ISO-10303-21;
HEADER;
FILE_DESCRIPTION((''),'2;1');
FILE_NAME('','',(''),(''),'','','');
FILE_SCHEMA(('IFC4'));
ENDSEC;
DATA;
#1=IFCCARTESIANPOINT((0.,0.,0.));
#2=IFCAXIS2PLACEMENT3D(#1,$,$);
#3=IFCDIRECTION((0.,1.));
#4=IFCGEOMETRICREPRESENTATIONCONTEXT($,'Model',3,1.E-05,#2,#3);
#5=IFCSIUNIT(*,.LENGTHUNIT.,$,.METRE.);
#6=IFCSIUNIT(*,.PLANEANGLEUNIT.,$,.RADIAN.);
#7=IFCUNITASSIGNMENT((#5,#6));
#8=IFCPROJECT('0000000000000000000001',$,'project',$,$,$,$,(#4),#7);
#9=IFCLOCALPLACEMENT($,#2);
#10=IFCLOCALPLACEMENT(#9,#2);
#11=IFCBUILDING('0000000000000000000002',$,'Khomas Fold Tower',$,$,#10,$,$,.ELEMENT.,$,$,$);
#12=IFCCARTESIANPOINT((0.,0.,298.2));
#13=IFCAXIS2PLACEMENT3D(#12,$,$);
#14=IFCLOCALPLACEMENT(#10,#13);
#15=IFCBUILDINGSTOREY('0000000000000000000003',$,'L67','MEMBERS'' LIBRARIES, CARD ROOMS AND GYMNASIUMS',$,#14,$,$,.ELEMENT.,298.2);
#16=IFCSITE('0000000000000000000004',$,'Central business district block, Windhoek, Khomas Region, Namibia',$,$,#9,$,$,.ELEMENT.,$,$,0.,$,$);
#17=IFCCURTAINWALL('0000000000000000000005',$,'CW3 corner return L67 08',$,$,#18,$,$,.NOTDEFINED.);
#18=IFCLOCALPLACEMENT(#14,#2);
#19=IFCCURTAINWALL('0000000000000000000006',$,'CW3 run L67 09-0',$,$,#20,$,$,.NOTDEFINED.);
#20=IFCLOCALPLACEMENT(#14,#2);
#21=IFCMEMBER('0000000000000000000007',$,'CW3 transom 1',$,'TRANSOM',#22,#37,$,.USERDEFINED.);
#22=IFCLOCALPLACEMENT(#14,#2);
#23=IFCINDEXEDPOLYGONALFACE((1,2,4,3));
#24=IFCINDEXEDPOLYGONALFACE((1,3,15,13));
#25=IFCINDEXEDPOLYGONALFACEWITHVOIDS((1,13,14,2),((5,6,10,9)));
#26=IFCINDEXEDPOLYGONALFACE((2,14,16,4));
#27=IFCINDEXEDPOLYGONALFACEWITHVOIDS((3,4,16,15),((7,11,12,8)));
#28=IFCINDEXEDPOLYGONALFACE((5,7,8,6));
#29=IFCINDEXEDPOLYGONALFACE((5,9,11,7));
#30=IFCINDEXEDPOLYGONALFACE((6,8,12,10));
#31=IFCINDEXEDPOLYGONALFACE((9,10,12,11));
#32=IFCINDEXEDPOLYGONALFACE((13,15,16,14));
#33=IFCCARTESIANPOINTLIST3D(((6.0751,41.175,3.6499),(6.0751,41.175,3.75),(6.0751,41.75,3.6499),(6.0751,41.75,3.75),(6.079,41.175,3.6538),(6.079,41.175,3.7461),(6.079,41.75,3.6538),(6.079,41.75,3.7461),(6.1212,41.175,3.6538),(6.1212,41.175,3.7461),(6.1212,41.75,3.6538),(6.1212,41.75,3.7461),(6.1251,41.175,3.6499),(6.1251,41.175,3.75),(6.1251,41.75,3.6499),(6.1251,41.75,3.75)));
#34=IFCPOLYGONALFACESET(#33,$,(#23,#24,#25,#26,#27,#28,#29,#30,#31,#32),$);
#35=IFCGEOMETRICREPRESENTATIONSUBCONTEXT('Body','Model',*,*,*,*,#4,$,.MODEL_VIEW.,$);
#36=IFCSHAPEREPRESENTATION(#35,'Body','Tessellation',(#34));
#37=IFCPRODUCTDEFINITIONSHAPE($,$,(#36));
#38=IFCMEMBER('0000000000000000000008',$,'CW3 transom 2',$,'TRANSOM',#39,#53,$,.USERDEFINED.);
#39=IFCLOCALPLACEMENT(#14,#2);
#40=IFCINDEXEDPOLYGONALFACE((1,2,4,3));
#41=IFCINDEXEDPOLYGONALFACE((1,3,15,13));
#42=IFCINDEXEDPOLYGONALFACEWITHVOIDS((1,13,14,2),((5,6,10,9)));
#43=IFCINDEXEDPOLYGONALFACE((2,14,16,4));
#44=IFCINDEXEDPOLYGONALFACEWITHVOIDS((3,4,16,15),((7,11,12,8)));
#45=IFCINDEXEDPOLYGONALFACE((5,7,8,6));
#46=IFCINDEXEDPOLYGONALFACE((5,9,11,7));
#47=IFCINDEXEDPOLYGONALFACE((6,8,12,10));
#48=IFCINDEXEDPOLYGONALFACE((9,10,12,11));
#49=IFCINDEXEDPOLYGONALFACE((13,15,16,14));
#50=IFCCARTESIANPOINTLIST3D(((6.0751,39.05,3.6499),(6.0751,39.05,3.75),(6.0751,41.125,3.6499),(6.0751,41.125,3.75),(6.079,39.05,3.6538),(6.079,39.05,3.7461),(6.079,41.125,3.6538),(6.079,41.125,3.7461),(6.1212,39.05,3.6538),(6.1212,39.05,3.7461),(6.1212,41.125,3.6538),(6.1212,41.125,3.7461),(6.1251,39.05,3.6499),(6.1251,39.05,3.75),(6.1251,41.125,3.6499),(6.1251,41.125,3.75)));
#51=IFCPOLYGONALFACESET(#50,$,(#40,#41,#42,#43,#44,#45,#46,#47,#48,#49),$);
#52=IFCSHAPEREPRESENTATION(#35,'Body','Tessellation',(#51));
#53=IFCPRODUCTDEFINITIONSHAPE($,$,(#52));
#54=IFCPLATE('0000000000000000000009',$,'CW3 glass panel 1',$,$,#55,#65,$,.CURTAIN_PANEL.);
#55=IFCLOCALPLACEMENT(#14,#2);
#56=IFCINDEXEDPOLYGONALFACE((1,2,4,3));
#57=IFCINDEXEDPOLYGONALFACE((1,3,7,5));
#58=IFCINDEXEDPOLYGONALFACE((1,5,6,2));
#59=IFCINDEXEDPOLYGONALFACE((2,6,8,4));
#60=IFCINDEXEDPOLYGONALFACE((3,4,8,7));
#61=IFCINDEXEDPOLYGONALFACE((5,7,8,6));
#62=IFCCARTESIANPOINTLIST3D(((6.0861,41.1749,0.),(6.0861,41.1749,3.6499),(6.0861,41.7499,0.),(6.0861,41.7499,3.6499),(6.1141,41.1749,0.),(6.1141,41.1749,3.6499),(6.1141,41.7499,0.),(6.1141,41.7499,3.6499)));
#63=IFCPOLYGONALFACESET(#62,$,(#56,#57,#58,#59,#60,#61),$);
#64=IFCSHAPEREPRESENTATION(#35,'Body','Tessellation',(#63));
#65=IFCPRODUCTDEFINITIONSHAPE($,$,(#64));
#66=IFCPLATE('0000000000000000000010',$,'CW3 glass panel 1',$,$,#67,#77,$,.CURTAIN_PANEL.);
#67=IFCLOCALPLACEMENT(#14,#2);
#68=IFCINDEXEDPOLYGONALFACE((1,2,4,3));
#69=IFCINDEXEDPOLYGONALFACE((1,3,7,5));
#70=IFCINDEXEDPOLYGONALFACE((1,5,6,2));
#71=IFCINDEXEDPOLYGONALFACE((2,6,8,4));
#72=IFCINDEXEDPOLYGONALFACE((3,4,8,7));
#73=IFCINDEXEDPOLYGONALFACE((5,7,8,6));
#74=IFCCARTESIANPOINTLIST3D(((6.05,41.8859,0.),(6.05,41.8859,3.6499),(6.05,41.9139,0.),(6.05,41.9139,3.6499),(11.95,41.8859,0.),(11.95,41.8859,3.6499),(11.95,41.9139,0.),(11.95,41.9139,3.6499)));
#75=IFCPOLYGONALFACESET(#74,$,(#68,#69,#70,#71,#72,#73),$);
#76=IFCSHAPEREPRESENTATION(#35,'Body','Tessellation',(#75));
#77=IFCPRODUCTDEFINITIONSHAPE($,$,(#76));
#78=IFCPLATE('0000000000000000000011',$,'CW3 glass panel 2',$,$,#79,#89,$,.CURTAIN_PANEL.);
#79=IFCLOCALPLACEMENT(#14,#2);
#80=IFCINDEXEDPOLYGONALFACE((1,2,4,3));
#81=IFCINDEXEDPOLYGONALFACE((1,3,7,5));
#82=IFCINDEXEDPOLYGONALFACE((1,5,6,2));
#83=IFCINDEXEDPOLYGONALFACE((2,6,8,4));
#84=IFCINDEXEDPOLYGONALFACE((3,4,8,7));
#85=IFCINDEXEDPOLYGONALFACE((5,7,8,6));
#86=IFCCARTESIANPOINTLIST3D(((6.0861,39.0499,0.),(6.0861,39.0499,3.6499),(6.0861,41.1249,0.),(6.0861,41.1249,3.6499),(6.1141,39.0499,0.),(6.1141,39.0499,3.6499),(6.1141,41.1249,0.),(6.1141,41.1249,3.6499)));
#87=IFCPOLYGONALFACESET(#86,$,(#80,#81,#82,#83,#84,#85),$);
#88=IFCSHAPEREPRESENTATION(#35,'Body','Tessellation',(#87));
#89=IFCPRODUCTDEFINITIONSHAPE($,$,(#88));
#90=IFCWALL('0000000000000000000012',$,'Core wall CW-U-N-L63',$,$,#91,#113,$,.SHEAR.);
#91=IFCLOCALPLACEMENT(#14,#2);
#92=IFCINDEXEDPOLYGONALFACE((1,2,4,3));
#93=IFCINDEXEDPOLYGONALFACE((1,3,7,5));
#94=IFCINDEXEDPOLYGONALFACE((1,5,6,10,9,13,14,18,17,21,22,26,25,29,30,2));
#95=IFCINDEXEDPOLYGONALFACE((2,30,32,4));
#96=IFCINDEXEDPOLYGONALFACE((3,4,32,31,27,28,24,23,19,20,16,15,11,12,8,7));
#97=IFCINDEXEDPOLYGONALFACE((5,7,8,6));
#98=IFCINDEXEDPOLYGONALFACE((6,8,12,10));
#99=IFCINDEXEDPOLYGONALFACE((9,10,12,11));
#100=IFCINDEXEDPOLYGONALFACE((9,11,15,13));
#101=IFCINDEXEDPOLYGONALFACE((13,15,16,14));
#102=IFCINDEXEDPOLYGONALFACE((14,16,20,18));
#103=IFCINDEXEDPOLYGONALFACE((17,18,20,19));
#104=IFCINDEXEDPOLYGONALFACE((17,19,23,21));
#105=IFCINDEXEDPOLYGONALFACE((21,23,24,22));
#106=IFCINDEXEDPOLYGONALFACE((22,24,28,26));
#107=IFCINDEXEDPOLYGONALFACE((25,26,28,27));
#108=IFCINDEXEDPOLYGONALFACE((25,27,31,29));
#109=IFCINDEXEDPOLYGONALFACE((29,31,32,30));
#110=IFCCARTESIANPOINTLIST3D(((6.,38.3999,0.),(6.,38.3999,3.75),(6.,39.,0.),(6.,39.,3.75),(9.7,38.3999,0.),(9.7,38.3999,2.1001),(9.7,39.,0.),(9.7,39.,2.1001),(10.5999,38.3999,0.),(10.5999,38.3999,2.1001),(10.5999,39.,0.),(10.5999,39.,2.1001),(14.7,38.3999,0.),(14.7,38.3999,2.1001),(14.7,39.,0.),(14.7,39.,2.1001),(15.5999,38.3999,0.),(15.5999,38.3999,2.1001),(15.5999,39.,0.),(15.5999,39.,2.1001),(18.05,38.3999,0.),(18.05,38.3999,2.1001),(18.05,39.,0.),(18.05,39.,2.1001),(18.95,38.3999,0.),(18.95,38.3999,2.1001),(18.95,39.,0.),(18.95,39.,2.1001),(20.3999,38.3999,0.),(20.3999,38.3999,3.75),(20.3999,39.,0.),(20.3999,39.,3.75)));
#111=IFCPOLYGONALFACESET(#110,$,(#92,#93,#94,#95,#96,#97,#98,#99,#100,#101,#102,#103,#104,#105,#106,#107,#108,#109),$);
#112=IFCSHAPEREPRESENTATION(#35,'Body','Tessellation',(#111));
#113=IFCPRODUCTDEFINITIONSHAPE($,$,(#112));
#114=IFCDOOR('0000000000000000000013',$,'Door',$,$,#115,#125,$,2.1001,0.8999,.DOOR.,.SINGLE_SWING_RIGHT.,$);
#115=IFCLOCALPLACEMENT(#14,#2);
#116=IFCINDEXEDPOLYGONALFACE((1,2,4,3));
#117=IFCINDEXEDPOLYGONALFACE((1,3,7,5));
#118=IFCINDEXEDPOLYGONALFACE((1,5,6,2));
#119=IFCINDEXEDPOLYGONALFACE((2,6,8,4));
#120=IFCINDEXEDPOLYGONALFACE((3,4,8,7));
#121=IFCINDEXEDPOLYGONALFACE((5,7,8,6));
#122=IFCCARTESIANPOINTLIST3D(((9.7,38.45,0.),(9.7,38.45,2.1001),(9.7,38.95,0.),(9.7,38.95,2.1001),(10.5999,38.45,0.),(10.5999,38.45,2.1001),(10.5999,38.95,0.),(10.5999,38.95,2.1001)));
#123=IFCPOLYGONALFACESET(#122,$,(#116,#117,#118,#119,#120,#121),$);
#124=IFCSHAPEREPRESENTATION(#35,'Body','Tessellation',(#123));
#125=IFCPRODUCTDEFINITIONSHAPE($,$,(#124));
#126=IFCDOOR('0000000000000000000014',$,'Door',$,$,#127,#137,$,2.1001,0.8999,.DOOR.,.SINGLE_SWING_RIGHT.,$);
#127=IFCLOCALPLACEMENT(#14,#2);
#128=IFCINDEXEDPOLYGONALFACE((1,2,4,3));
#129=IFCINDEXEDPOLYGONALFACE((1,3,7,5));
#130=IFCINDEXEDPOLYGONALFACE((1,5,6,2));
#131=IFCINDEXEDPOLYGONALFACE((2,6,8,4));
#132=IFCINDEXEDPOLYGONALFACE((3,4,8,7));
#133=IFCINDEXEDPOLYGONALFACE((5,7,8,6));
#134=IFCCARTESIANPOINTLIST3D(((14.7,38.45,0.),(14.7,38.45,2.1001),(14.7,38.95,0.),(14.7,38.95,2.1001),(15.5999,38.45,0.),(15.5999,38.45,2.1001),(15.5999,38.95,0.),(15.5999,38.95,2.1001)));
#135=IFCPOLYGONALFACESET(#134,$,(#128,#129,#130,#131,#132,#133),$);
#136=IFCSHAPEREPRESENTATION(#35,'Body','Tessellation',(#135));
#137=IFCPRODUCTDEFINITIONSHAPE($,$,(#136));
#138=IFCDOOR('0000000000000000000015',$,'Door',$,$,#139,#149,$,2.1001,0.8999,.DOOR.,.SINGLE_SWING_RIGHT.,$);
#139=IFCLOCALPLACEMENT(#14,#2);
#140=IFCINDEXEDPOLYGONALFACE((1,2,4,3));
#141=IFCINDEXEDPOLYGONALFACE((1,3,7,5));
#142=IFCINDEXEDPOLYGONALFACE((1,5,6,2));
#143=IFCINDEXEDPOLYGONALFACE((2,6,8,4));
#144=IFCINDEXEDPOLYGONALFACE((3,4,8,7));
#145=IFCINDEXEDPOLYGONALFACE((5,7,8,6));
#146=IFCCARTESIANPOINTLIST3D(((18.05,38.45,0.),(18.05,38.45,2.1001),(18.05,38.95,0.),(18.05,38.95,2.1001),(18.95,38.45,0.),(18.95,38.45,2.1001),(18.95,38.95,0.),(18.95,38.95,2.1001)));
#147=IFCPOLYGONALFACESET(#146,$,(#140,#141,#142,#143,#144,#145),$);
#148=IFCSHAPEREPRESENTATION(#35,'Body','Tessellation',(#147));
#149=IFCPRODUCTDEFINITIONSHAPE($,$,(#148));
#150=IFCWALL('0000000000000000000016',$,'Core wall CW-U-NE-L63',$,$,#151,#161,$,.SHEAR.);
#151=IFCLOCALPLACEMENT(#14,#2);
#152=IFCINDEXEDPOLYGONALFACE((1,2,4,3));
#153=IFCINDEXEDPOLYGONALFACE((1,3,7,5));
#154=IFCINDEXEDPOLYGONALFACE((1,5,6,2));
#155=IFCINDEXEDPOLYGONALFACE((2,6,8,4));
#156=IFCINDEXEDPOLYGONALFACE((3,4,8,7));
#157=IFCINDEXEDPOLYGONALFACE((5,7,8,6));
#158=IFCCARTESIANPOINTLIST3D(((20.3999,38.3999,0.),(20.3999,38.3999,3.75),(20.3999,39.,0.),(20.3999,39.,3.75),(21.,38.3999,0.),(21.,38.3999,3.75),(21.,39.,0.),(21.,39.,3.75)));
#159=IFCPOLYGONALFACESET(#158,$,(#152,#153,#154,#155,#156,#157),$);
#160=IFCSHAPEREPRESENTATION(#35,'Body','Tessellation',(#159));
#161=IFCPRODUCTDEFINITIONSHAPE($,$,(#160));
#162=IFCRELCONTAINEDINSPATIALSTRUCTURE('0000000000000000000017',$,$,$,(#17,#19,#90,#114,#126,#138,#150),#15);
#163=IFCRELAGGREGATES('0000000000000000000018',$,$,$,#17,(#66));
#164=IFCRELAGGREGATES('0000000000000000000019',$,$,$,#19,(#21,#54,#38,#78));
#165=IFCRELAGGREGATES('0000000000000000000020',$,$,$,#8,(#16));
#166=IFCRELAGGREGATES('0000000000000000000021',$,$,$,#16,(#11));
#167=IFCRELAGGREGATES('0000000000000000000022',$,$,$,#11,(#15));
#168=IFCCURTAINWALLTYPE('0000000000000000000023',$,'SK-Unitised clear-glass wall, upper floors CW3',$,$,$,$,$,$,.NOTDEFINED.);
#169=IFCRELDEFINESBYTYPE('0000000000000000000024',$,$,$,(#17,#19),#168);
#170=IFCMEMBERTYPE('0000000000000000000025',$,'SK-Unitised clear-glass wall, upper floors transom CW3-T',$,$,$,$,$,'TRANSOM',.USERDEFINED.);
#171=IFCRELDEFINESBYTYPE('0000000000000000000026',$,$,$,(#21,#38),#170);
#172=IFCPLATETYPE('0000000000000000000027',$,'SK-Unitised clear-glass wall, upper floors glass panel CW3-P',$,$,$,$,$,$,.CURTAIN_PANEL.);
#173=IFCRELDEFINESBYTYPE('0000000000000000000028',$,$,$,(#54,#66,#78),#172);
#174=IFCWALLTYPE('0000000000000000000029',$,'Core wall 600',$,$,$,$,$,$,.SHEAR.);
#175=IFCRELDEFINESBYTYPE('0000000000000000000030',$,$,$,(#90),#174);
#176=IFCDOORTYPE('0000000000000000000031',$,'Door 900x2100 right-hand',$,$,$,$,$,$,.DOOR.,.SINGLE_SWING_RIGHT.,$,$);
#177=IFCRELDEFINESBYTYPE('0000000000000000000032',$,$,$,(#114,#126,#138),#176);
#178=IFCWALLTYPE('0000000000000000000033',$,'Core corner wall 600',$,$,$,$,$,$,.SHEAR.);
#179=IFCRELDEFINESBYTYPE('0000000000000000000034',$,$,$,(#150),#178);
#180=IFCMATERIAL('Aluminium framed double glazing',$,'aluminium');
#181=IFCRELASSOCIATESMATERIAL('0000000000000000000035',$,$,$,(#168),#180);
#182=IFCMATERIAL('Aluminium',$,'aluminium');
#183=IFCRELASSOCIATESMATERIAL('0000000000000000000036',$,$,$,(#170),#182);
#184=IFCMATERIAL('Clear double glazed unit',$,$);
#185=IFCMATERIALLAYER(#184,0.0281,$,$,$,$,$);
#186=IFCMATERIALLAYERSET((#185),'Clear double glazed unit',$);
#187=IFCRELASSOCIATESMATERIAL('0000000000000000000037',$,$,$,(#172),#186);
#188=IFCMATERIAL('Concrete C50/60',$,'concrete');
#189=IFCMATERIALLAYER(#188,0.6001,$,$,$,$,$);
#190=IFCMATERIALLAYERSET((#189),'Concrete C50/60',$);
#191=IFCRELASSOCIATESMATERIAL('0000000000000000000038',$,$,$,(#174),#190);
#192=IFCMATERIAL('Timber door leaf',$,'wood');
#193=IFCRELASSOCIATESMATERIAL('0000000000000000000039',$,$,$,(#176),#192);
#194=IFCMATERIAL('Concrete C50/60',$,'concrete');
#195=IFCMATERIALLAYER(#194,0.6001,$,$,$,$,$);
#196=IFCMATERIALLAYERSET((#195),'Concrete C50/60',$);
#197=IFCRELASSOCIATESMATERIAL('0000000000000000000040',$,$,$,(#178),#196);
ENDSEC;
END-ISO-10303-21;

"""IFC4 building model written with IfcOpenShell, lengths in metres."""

from ifc_helpers import new_model, si_unit, direction, frame, frame_2d, origin, origin_2d, place, context, subcontext, project, spatial, rectangle, hollow_rectangle, extrude, source, transform, mapped, material, layer, layer_set, material_profile, profile_set, type_object, element, fill, aggregate, save


model = new_model("IFC4")

# Units and contexts
model_context = context("Model", 3, precision=1e-05, world=origin(), true_north=direction((0.0, 1.0)))
body_context = subcontext(model_context, "Body", "Model", "MODEL_VIEW")
ifc_project = project(units=[si_unit("LENGTHUNIT", "METRE"), si_unit("PLANEANGLEUNIT", "RADIAN")], contexts=[model_context])

# Site, building, storey
site_placement = place(None, origin())
site = spatial("IfcSite", under=ifc_project, at=site_placement, Name="Central business district block, Windhoek, Khomas Region, Namibia", CompositionType="ELEMENT", RefElevation=0.0)
building_placement = place(site_placement, origin())
building = spatial("IfcBuilding", under=site, at=building_placement, Name="Khomas Fold Tower", CompositionType="ELEMENT")
storey_placement = place(building_placement, frame((0.0, 0.0, 298.2)))
storey = spatial("IfcBuildingStorey", under=building, at=storey_placement, Name="L67", Description="MEMBERS' LIBRARIES, CARD ROOMS AND GYMNASIUMS", CompositionType="ELEMENT", Elevation=298.2)

# Curtain wall
ifc_material_1 = material(Name="Aluminium framed double glazing", Category="aluminium")
curtain_wall_type = type_object("IfcCurtainWallType", Name="SK-Unitised clear-glass wall, upper floors CW3", PredefinedType="NOTDEFINED", material=ifc_material_1)
curtain_wall_1_placement = place(storey_placement, origin())
curtain_wall_1 = element("IfcCurtainWall", 1, at=curtain_wall_1_placement, inside=storey, type_object=curtain_wall_type, Name="CW3 corner return L67 08", PredefinedType="NOTDEFINED")

# Curtain wall, members, plate
curtain_wall_2_placement = place(storey_placement, origin())
curtain_wall_2 = element("IfcCurtainWall", 2, at=curtain_wall_2_placement, inside=storey, type_object=curtain_wall_type, Name="CW3 run L67 09-0", PredefinedType="NOTDEFINED")
ifc_material_2 = material(Name="Aluminium", Category="aluminium")
ifc_material_profile_1 = material_profile(ifc_material_2, hollow_rectangle(XDim=0.05, YDim=0.1001, WallThickness=0.0039, at=origin_2d()), Name="SK-Unitised clear-glass wall, upper floors transom CW3-T")
ifc_profile_set_1 = profile_set([ifc_material_profile_1], Name="Aluminium")
member_type_1 = type_object("IfcMemberType", Name="SK-Unitised clear-glass wall, upper floors transom CW3-T", ElementType="TRANSOM", PredefinedType="USERDEFINED", material=ifc_profile_set_1)
shared_shape_1 = source(origin(), body_context, "Body", "SweptSolid", [
    extrude(hollow_rectangle(XDim=0.05, YDim=0.1001, WallThickness=0.0039, at=origin_2d()), origin(), (0.0, 0.0, 1.0), 0.575),
])
member_1_placement = place(storey_placement, frame((6.1001, 41.75, 3.7), z_axis=(0.0, -1.0, 0.0), x_axis=(1.0, 0.0, 0.0)))
member_1 = element("IfcMember", 3, at=member_1_placement, type_object=member_type_1, Name="CW3 transom 1", ObjectType="TRANSOM", PredefinedType="USERDEFINED", context=body_context, shape_type="MappedRepresentation", body=[
    mapped(shared_shape_1, transform((0.0, 0.0, 0.0))),
])
shared_shape_2 = source(origin(), body_context, "Body", "SweptSolid", [
    extrude(hollow_rectangle(XDim=0.05, YDim=0.1001, WallThickness=0.0039, at=origin_2d()), origin(), (0.0, 0.0, 1.0), 2.075),
])
member_2_placement = place(storey_placement, frame((6.1001, 41.125, 3.7), z_axis=(0.0, -1.0, 0.0), x_axis=(1.0, 0.0, 0.0)))
member_2 = element("IfcMember", 4, at=member_2_placement, type_object=member_type_1, Name="CW3 transom 2", ObjectType="TRANSOM", PredefinedType="USERDEFINED", context=body_context, shape_type="MappedRepresentation", body=[
    mapped(shared_shape_2, transform((0.0, 0.0, 0.0))),
])
ifc_material_3 = material(Name="Clear double glazed unit")
ifc_layer_1 = layer(ifc_material_3, 0.0281)
ifc_layer_set_1 = layer_set([ifc_layer_1], Name="Clear double glazed unit")
plate_type = type_object("IfcPlateType", Name="SK-Unitised clear-glass wall, upper floors glass panel CW3-P", PredefinedType="CURTAIN_PANEL", material=ifc_layer_set_1)
shared_shape_3 = source(origin(), body_context, "Body", "SweptSolid", [
    extrude(rectangle(XDim=0.575, YDim=0.0281, at=origin_2d()), origin(), (0.0, 0.0, 1.0), 3.6499),
])
plate_1_placement = place(storey_placement, frame((6.1001, 41.4624, 0.0), z_axis=(0.0, 0.0, 1.0), x_axis=(0.0, -1.0, 0.0)))
plate_1 = element("IfcPlate", 5, at=plate_1_placement, type_object=plate_type, Name="CW3 glass panel 1", PredefinedType="CURTAIN_PANEL", context=body_context, shape_type="MappedRepresentation", body=[
    mapped(shared_shape_3, transform((0.0, 0.0, 0.0))),
])

# Plates
shared_shape_4 = source(origin(), body_context, "Body", "SweptSolid", [
    extrude(rectangle(XDim=5.8999, YDim=0.0281, at=origin_2d()), origin(), (0.0, 0.0, 1.0), 3.6499),
])
plate_2_placement = place(storey_placement, frame((9.0, 41.8999, 0.0), z_axis=(0.0, 0.0, 1.0), x_axis=(-1.0, 0.0, 0.0)))
plate_2 = element("IfcPlate", 6, at=plate_2_placement, type_object=plate_type, Name="CW3 glass panel 1", PredefinedType="CURTAIN_PANEL", context=body_context, shape_type="MappedRepresentation", body=[
    mapped(shared_shape_4, transform((0.0, 0.0, 0.0))),
])
aggregate(curtain_wall_1, [plate_2])
shared_shape_5 = source(origin(), body_context, "Body", "SweptSolid", [
    extrude(rectangle(XDim=2.075, YDim=0.0281, at=origin_2d()), origin(), (0.0, 0.0, 1.0), 3.6499),
])
plate_3_placement = place(storey_placement, frame((6.1001, 40.0874, 0.0), z_axis=(0.0, 0.0, 1.0), x_axis=(0.0, -1.0, 0.0)))
plate_3 = element("IfcPlate", 7, at=plate_3_placement, type_object=plate_type, Name="CW3 glass panel 2", PredefinedType="CURTAIN_PANEL", context=body_context, shape_type="MappedRepresentation", body=[
    mapped(shared_shape_5, transform((0.0, 0.0, 0.0))),
])
aggregate(curtain_wall_2, [member_1, plate_1, member_2, plate_3])

# Wall, openings, doors
ifc_material_4 = material(Name="Concrete C50/60", Category="concrete")
ifc_layer_2 = layer(ifc_material_4, 0.6001)
ifc_layer_set_2 = layer_set([ifc_layer_2], Name="Concrete C50/60")
wall_type_1 = type_object("IfcWallType", Name="Core wall 600", PredefinedType="SHEAR", material=ifc_layer_set_2)
shared_shape_6 = source(origin(), body_context, "Body", "SweptSolid", [
    extrude(rectangle(XDim=14.3999, YDim=0.6001, at=frame_2d((7.2, 0.0))), origin(), (0.0, 0.0, 1.0), 3.75),
])
wall_1_placement = place(storey_placement, frame((6.0, 38.7, 0.0), z_axis=(0.0, 0.0, 1.0), x_axis=(1.0, 0.0, 0.0)))
wall_1 = element("IfcWall", 8, at=wall_1_placement, inside=storey, type_object=wall_type_1, Name="Core wall CW-U-N-L63", PredefinedType="SHEAR", context=body_context, shape_type="MappedRepresentation", body=[
    mapped(shared_shape_6, transform((0.0, 0.0, 0.0))),
])
shared_shape_7 = source(origin(), body_context, "Body", "SweptSolid", [
    extrude(rectangle(XDim=0.8999, YDim=2.1001, at=frame_2d((0.45, 1.05))), frame((0.0, 0.3101, 0.0), z_axis=(0.0, -1.0, 0.0), x_axis=(1.0, 0.0, 0.0)), (0.0, 0.0, 1.0), 0.6201),
])
opening_1_placement = place(wall_1_placement, frame((3.7, 0.0, 0.0)))
opening_1 = element("IfcOpeningElement", 9, at=opening_1_placement, cuts=wall_1, PredefinedType="OPENING", context=body_context, shape_type="MappedRepresentation", body=[
    mapped(shared_shape_7, transform((0.0, 0.0, 0.0))),
])
opening_2_placement = place(wall_1_placement, frame((8.7, 0.0, 0.0)))
opening_2 = element("IfcOpeningElement", 10, at=opening_2_placement, cuts=wall_1, PredefinedType="OPENING", context=body_context, shape_type="MappedRepresentation", body=[
    mapped(shared_shape_7, transform((0.0, 0.0, 0.0))),
])
opening_3_placement = place(wall_1_placement, frame((12.05, 0.0, 0.0)))
opening_3 = element("IfcOpeningElement", 11, at=opening_3_placement, cuts=wall_1, PredefinedType="OPENING", context=body_context, shape_type="MappedRepresentation", body=[
    mapped(shared_shape_7, transform((0.0, 0.0, 0.0))),
])
ifc_material_5 = material(Name="Timber door leaf", Category="wood")
door_type = type_object("IfcDoorType", Name="Door 900x2100 right-hand", OperationType="SINGLE_SWING_RIGHT", PredefinedType="DOOR", material=ifc_material_5)
shared_shape_8 = source(origin(), body_context, "Body", "SweptSolid", [
    extrude(rectangle(XDim=0.8999, YDim=2.1001, at=frame_2d((0.45, 1.05))), frame((0.0, 0.25, 0.0), z_axis=(0.0, -1.0, 0.0), x_axis=(1.0, 0.0, 0.0)), (0.0, 0.0, 1.0), 0.5),
])
door_1_placement = place(opening_1_placement, origin())
door_1 = element("IfcDoor", 12, at=door_1_placement, inside=storey, type_object=door_type, Name="Door", OperationType="SINGLE_SWING_RIGHT", OverallHeight=2.1001, OverallWidth=0.8999, PredefinedType="DOOR", context=body_context, shape_type="MappedRepresentation", body=[
    mapped(shared_shape_8, transform((0.0, 0.0, 0.0))),
])
fill(opening_1, door_1)
door_2_placement = place(opening_2_placement, origin())
door_2 = element("IfcDoor", 13, at=door_2_placement, inside=storey, type_object=door_type, Name="Door", OperationType="SINGLE_SWING_RIGHT", OverallHeight=2.1001, OverallWidth=0.8999, PredefinedType="DOOR", context=body_context, shape_type="MappedRepresentation", body=[
    mapped(shared_shape_8, transform((0.0, 0.0, 0.0))),
])
fill(opening_2, door_2)
door_3_placement = place(opening_3_placement, origin())
door_3 = element("IfcDoor", 14, at=door_3_placement, inside=storey, type_object=door_type, Name="Door", OperationType="SINGLE_SWING_RIGHT", OverallHeight=2.1001, OverallWidth=0.8999, PredefinedType="DOOR", context=body_context, shape_type="MappedRepresentation", body=[
    mapped(shared_shape_8, transform((0.0, 0.0, 0.0))),
])
fill(opening_3, door_3)

# Wall
ifc_material_6 = material(Name="Concrete C50/60", Category="concrete")
ifc_layer_3 = layer(ifc_material_6, 0.6001)
ifc_layer_set_3 = layer_set([ifc_layer_3], Name="Concrete C50/60")
wall_type_2 = type_object("IfcWallType", Name="Core corner wall 600", PredefinedType="SHEAR", material=ifc_layer_set_3)
shared_shape_9 = source(origin(), body_context, "Body", "SweptSolid", [
    extrude(rectangle(XDim=0.6001, YDim=0.6001, at=frame_2d((0.3, 0.0))), origin(), (0.0, 0.0, 1.0), 3.75),
])
wall_2_placement = place(storey_placement, frame((20.3999, 38.7, 0.0), z_axis=(0.0, 0.0, 1.0), x_axis=(1.0, 0.0, 0.0)))
element("IfcWall", 15, at=wall_2_placement, inside=storey, type_object=wall_type_2, Name="Core wall CW-U-NE-L63", PredefinedType="SHEAR", context=body_context, shape_type="MappedRepresentation", body=[
    mapped(shared_shape_9, transform((0.0, 0.0, 0.0))),
])

save(model, "model.ifc")
